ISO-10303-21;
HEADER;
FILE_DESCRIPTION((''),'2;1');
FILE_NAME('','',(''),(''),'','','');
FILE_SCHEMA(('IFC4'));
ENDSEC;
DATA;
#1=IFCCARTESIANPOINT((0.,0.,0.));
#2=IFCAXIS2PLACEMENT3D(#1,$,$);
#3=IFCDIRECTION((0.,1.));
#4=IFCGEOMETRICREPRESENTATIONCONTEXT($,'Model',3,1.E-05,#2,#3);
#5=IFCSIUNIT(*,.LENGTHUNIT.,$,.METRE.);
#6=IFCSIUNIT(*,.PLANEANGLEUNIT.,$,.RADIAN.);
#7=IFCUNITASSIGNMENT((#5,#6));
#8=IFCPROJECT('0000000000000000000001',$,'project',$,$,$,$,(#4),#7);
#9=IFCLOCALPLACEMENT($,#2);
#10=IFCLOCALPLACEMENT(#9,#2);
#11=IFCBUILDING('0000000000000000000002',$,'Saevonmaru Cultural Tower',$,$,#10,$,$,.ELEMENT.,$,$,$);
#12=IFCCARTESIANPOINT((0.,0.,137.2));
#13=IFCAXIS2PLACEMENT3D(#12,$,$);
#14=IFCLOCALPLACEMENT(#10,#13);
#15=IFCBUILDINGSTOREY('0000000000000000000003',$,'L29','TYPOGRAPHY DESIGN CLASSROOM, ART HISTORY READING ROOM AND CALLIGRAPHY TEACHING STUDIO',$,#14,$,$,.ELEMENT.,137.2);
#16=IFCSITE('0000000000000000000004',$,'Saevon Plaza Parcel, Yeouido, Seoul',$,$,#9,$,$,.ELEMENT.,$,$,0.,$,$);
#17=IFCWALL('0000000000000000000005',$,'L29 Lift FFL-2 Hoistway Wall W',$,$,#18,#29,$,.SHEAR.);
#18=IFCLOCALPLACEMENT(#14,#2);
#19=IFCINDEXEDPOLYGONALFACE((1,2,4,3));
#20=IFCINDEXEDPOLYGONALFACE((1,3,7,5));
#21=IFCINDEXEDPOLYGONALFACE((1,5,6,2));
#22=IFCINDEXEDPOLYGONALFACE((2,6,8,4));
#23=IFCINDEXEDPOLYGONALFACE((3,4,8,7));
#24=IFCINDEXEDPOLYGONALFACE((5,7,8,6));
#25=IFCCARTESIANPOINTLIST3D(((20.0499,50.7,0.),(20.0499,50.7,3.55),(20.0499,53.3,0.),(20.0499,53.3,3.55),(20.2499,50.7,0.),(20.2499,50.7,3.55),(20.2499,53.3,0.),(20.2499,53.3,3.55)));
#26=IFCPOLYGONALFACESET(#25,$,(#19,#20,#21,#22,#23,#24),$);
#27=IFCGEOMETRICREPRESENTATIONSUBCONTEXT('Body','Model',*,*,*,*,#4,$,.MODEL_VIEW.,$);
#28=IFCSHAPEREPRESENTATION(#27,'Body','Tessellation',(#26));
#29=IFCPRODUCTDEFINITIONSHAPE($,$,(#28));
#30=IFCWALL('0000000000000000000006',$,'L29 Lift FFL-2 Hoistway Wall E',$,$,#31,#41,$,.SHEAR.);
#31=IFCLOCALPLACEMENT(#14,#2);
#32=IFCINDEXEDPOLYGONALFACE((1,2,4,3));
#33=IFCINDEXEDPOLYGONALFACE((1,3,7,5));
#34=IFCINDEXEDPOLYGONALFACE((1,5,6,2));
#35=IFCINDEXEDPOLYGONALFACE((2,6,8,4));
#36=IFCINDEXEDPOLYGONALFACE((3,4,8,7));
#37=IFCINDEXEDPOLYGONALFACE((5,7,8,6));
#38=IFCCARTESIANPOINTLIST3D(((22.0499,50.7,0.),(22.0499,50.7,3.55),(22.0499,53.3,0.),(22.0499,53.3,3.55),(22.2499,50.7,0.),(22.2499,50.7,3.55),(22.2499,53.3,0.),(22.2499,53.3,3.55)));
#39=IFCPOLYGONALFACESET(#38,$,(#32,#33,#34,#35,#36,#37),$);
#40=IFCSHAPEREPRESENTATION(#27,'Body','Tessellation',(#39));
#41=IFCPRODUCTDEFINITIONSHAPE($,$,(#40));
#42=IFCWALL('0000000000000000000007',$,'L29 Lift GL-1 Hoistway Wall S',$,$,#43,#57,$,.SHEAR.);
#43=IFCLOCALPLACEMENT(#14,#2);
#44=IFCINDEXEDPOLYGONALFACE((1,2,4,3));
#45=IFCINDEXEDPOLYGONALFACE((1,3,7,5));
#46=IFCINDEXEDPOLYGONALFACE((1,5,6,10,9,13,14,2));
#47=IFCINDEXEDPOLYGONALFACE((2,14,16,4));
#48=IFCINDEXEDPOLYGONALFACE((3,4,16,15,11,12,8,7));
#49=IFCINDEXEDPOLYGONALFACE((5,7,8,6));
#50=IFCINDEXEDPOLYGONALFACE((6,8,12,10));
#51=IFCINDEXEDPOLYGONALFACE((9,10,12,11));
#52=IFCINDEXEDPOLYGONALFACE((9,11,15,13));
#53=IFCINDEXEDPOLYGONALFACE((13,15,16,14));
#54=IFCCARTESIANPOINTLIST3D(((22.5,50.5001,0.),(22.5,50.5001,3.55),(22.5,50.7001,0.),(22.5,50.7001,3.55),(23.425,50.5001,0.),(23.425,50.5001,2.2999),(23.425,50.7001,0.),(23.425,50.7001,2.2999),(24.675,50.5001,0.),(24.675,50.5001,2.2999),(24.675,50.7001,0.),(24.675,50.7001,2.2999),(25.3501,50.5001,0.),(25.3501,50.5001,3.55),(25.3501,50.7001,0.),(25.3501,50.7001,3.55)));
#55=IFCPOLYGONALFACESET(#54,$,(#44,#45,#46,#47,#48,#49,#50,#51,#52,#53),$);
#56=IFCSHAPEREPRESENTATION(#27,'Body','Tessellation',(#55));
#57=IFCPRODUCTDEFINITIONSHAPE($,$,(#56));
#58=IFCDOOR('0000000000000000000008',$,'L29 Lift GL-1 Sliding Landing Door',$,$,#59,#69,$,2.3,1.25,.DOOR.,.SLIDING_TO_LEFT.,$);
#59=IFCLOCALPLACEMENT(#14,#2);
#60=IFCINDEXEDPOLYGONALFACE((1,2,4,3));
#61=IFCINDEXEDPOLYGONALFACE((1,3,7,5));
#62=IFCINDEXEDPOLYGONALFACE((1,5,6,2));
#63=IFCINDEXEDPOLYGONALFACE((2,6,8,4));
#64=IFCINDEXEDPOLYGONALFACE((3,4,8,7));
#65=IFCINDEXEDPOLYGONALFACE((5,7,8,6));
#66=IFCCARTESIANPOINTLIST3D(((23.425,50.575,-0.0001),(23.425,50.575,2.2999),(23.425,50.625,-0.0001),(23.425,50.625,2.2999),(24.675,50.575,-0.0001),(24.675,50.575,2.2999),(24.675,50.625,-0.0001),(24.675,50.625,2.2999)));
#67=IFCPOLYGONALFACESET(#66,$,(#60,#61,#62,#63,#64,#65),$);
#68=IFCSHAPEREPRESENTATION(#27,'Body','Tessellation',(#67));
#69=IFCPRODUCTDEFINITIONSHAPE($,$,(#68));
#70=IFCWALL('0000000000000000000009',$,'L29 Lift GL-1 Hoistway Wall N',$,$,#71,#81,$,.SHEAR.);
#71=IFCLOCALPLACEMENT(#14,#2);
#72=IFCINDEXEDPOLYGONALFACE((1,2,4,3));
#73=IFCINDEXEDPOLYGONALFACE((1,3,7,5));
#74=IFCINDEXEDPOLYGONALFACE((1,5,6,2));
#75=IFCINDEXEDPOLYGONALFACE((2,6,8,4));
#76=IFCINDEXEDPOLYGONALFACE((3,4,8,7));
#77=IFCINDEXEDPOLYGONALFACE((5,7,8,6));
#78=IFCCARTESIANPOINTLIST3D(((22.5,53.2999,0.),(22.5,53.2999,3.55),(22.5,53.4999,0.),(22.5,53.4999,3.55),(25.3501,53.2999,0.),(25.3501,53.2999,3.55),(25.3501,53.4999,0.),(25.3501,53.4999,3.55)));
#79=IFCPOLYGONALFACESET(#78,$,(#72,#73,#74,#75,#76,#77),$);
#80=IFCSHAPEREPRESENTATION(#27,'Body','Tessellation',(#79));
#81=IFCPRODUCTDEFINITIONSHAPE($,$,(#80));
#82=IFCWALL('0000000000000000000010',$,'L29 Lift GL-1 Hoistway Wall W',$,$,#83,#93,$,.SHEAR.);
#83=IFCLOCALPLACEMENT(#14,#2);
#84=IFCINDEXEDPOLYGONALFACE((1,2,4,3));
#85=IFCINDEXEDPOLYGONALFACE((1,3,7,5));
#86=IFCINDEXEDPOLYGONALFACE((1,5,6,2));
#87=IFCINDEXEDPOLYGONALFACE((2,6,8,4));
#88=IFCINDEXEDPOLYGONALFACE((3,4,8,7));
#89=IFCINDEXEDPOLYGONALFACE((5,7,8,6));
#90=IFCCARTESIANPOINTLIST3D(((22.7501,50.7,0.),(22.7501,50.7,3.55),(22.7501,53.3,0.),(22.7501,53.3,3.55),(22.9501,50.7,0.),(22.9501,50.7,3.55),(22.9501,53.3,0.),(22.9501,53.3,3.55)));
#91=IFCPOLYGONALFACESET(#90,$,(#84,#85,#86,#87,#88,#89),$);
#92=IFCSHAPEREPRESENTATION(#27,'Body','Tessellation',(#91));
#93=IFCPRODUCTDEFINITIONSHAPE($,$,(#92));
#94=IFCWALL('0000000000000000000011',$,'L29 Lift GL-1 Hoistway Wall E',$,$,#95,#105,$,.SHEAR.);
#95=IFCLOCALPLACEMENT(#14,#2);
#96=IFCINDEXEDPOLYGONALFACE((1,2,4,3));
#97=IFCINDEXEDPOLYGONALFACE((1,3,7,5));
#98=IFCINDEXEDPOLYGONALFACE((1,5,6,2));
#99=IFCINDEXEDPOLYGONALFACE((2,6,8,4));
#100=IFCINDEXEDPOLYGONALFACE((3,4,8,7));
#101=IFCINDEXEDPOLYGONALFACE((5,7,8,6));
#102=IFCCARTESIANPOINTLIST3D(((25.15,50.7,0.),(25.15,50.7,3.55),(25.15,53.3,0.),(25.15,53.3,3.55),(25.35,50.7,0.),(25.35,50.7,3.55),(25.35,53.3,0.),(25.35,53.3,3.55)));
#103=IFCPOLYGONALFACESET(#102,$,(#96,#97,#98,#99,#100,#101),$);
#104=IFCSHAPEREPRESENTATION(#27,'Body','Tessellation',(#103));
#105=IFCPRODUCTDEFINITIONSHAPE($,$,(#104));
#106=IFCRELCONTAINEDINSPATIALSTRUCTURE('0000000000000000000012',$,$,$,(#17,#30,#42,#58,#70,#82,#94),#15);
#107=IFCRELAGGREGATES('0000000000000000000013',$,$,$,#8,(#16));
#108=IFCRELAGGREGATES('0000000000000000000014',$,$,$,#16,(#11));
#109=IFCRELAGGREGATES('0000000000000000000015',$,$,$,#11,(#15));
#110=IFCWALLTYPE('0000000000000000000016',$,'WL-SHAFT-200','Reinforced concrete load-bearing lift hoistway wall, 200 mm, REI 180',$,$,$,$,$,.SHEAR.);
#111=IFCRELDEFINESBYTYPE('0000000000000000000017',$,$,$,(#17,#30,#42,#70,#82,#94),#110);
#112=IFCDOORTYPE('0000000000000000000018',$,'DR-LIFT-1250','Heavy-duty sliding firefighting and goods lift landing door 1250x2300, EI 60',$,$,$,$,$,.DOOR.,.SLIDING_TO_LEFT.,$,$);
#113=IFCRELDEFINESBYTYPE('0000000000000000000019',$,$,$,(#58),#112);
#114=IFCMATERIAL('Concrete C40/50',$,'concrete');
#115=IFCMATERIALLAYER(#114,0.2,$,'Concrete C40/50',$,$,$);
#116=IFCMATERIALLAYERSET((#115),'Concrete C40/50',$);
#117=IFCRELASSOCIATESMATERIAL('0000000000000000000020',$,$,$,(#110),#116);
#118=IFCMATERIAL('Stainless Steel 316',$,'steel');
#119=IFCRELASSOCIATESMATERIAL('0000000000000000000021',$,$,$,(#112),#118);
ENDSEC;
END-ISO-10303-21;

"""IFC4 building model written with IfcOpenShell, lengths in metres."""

from ifc_helpers import new_model, si_unit, direction, frame, frame_2d, origin, place, context, subcontext, project, spatial, rectangle, extrude, material, layer, layer_set, type_object, element, fill, save


model = new_model("IFC4")

# Units and contexts
model_context = context("Model", 3, precision=1e-05, world=origin(), true_north=direction((0.0, 1.0)))
body_context = subcontext(model_context, "Body", "Model", "MODEL_VIEW")
ifc_project = project(units=[si_unit("LENGTHUNIT", "METRE"), si_unit("PLANEANGLEUNIT", "RADIAN")], contexts=[model_context])

# Site, building, storey
site_placement = place(None, origin())
site = spatial("IfcSite", under=ifc_project, at=site_placement, Name="Saevon Plaza Parcel, Yeouido, Seoul", CompositionType="ELEMENT", RefElevation=0.0)
building_placement = place(site_placement, origin())
building = spatial("IfcBuilding", under=site, at=building_placement, Name="Saevonmaru Cultural Tower", CompositionType="ELEMENT")
storey_placement = place(building_placement, frame((0.0, 0.0, 137.2)))
storey = spatial("IfcBuildingStorey", under=building, at=storey_placement, Name="L29", Description="TYPOGRAPHY DESIGN CLASSROOM, ART HISTORY READING ROOM AND CALLIGRAPHY TEACHING STUDIO", CompositionType="ELEMENT", Elevation=137.2)

# Shared definitions
ifc_material_1 = material(Name="Concrete C40/50", Category="concrete")
ifc_layer_1 = layer(ifc_material_1, 0.2, Name="Concrete C40/50")
ifc_layer_set_1 = layer_set([ifc_layer_1], Name="Concrete C40/50")
wall_type_1 = type_object("IfcWallType", Name="WL-SHAFT-200", Description="Reinforced concrete load-bearing lift hoistway wall, 200 mm, REI 180", PredefinedType="SHEAR", material=ifc_layer_set_1)

# Shared definitions
ifc_material_2 = material(Name="Stainless Steel 316", Category="steel")
door_type = type_object("IfcDoorType", Name="DR-LIFT-1250", Description="Heavy-duty sliding firefighting and goods lift landing door 1250x2300, EI 60", OperationType="SLIDING_TO_LEFT", PredefinedType="DOOR", material=ifc_material_2)

# Walls
for number, where, z_axis, x_axis, name in (
    (1, (20.1499, 50.7, 0.0), (0.0, 0.0, 1.0), (0.0, 1.0, 0.0), "L29 Lift FFL-2 Hoistway Wall W"),
    (2, (22.1499, 50.7, 0.0), (0.0, 0.0, 1.0), (0.0, 1.0, 0.0), "L29 Lift FFL-2 Hoistway Wall E"),
):
    element("IfcWall", number, at=place(storey_placement, frame(where, z_axis=z_axis, x_axis=x_axis)), inside=storey, type_object=wall_type_1, Name=name, PredefinedType="SHEAR", context=body_context, shape_type="SweptSolid", body=[
        extrude(rectangle(XDim=2.6001, YDim=0.2, at=frame_2d((1.3, 0.0))), origin(), (0.0, 0.0, 1.0), 3.55),
    ])

# Wall, opening, door
wall_1_placement = place(storey_placement, frame((22.5, 50.6001, 0.0), z_axis=(0.0, 0.0, 1.0), x_axis=(1.0, 0.0, 0.0)))
wall_1 = element("IfcWall", 3, at=wall_1_placement, inside=storey, type_object=wall_type_1, Name="L29 Lift GL-1 Hoistway Wall S", PredefinedType="SHEAR", context=body_context, shape_type="SweptSolid", body=[
    extrude(rectangle(XDim=2.8501, YDim=0.2, at=frame_2d((1.425, 0.0))), origin(), (0.0, 0.0, 1.0), 3.55),
])
opening_1_placement = place(wall_1_placement, frame((0.925, 0.0, 0.0)))
opening_1 = element("IfcOpeningElement", 4, at=opening_1_placement, cuts=wall_1, PredefinedType="OPENING", context=body_context, shape_type="SweptSolid", body=[
    extrude(rectangle(XDim=1.25, YDim=2.3, at=frame_2d((0.625, 1.1499))), frame((0.0, 0.1099, 0.0), z_axis=(0.0, -1.0, 0.0), x_axis=(1.0, 0.0, 0.0)), (0.0, 0.0, 1.0), 0.22),
])
door_1_placement = place(opening_1_placement, origin())
door_1 = element("IfcDoor", 5, at=door_1_placement, inside=storey, type_object=door_type, Name="L29 Lift GL-1 Sliding Landing Door", OperationType="SLIDING_TO_LEFT", OverallHeight=2.3, OverallWidth=1.25, PredefinedType="DOOR", context=body_context, shape_type="SweptSolid", body=[
    extrude(rectangle(XDim=1.25, YDim=2.3, at=frame_2d((0.625, 1.1499))), frame((0.0, 0.0249, 0.0), z_axis=(0.0, -1.0, 0.0), x_axis=(1.0, 0.0, 0.0)), (0.0, 0.0, 1.0), 0.05),
])
fill(opening_1, door_1)

# Walls
wall_2_placement = place(storey_placement, frame((22.5, 53.3999, 0.0), z_axis=(0.0, 0.0, 1.0), x_axis=(1.0, 0.0, 0.0)))
element("IfcWall", 6, at=wall_2_placement, inside=storey, type_object=wall_type_1, Name="L29 Lift GL-1 Hoistway Wall N", PredefinedType="SHEAR", context=body_context, shape_type="SweptSolid", body=[
    extrude(rectangle(XDim=2.8501, YDim=0.2, at=frame_2d((1.425, 0.0))), origin(), (0.0, 0.0, 1.0), 3.55),
])
for number, where, z_axis, x_axis, name in (
    (7, (22.8501, 50.7, 0.0), (0.0, 0.0, 1.0), (0.0, 1.0, 0.0), "L29 Lift GL-1 Hoistway Wall W"),
    (8, (25.25, 50.7, 0.0), (0.0, 0.0, 1.0), (0.0, 1.0, 0.0), "L29 Lift GL-1 Hoistway Wall E"),
):
    element("IfcWall", number, at=place(storey_placement, frame(where, z_axis=z_axis, x_axis=x_axis)), inside=storey, type_object=wall_type_1, Name=name, PredefinedType="SHEAR", context=body_context, shape_type="SweptSolid", body=[
        extrude(rectangle(XDim=2.6001, YDim=0.2, at=frame_2d((1.3, 0.0))), origin(), (0.0, 0.0, 1.0), 3.55),
    ])

save(model, "model.ifc")
